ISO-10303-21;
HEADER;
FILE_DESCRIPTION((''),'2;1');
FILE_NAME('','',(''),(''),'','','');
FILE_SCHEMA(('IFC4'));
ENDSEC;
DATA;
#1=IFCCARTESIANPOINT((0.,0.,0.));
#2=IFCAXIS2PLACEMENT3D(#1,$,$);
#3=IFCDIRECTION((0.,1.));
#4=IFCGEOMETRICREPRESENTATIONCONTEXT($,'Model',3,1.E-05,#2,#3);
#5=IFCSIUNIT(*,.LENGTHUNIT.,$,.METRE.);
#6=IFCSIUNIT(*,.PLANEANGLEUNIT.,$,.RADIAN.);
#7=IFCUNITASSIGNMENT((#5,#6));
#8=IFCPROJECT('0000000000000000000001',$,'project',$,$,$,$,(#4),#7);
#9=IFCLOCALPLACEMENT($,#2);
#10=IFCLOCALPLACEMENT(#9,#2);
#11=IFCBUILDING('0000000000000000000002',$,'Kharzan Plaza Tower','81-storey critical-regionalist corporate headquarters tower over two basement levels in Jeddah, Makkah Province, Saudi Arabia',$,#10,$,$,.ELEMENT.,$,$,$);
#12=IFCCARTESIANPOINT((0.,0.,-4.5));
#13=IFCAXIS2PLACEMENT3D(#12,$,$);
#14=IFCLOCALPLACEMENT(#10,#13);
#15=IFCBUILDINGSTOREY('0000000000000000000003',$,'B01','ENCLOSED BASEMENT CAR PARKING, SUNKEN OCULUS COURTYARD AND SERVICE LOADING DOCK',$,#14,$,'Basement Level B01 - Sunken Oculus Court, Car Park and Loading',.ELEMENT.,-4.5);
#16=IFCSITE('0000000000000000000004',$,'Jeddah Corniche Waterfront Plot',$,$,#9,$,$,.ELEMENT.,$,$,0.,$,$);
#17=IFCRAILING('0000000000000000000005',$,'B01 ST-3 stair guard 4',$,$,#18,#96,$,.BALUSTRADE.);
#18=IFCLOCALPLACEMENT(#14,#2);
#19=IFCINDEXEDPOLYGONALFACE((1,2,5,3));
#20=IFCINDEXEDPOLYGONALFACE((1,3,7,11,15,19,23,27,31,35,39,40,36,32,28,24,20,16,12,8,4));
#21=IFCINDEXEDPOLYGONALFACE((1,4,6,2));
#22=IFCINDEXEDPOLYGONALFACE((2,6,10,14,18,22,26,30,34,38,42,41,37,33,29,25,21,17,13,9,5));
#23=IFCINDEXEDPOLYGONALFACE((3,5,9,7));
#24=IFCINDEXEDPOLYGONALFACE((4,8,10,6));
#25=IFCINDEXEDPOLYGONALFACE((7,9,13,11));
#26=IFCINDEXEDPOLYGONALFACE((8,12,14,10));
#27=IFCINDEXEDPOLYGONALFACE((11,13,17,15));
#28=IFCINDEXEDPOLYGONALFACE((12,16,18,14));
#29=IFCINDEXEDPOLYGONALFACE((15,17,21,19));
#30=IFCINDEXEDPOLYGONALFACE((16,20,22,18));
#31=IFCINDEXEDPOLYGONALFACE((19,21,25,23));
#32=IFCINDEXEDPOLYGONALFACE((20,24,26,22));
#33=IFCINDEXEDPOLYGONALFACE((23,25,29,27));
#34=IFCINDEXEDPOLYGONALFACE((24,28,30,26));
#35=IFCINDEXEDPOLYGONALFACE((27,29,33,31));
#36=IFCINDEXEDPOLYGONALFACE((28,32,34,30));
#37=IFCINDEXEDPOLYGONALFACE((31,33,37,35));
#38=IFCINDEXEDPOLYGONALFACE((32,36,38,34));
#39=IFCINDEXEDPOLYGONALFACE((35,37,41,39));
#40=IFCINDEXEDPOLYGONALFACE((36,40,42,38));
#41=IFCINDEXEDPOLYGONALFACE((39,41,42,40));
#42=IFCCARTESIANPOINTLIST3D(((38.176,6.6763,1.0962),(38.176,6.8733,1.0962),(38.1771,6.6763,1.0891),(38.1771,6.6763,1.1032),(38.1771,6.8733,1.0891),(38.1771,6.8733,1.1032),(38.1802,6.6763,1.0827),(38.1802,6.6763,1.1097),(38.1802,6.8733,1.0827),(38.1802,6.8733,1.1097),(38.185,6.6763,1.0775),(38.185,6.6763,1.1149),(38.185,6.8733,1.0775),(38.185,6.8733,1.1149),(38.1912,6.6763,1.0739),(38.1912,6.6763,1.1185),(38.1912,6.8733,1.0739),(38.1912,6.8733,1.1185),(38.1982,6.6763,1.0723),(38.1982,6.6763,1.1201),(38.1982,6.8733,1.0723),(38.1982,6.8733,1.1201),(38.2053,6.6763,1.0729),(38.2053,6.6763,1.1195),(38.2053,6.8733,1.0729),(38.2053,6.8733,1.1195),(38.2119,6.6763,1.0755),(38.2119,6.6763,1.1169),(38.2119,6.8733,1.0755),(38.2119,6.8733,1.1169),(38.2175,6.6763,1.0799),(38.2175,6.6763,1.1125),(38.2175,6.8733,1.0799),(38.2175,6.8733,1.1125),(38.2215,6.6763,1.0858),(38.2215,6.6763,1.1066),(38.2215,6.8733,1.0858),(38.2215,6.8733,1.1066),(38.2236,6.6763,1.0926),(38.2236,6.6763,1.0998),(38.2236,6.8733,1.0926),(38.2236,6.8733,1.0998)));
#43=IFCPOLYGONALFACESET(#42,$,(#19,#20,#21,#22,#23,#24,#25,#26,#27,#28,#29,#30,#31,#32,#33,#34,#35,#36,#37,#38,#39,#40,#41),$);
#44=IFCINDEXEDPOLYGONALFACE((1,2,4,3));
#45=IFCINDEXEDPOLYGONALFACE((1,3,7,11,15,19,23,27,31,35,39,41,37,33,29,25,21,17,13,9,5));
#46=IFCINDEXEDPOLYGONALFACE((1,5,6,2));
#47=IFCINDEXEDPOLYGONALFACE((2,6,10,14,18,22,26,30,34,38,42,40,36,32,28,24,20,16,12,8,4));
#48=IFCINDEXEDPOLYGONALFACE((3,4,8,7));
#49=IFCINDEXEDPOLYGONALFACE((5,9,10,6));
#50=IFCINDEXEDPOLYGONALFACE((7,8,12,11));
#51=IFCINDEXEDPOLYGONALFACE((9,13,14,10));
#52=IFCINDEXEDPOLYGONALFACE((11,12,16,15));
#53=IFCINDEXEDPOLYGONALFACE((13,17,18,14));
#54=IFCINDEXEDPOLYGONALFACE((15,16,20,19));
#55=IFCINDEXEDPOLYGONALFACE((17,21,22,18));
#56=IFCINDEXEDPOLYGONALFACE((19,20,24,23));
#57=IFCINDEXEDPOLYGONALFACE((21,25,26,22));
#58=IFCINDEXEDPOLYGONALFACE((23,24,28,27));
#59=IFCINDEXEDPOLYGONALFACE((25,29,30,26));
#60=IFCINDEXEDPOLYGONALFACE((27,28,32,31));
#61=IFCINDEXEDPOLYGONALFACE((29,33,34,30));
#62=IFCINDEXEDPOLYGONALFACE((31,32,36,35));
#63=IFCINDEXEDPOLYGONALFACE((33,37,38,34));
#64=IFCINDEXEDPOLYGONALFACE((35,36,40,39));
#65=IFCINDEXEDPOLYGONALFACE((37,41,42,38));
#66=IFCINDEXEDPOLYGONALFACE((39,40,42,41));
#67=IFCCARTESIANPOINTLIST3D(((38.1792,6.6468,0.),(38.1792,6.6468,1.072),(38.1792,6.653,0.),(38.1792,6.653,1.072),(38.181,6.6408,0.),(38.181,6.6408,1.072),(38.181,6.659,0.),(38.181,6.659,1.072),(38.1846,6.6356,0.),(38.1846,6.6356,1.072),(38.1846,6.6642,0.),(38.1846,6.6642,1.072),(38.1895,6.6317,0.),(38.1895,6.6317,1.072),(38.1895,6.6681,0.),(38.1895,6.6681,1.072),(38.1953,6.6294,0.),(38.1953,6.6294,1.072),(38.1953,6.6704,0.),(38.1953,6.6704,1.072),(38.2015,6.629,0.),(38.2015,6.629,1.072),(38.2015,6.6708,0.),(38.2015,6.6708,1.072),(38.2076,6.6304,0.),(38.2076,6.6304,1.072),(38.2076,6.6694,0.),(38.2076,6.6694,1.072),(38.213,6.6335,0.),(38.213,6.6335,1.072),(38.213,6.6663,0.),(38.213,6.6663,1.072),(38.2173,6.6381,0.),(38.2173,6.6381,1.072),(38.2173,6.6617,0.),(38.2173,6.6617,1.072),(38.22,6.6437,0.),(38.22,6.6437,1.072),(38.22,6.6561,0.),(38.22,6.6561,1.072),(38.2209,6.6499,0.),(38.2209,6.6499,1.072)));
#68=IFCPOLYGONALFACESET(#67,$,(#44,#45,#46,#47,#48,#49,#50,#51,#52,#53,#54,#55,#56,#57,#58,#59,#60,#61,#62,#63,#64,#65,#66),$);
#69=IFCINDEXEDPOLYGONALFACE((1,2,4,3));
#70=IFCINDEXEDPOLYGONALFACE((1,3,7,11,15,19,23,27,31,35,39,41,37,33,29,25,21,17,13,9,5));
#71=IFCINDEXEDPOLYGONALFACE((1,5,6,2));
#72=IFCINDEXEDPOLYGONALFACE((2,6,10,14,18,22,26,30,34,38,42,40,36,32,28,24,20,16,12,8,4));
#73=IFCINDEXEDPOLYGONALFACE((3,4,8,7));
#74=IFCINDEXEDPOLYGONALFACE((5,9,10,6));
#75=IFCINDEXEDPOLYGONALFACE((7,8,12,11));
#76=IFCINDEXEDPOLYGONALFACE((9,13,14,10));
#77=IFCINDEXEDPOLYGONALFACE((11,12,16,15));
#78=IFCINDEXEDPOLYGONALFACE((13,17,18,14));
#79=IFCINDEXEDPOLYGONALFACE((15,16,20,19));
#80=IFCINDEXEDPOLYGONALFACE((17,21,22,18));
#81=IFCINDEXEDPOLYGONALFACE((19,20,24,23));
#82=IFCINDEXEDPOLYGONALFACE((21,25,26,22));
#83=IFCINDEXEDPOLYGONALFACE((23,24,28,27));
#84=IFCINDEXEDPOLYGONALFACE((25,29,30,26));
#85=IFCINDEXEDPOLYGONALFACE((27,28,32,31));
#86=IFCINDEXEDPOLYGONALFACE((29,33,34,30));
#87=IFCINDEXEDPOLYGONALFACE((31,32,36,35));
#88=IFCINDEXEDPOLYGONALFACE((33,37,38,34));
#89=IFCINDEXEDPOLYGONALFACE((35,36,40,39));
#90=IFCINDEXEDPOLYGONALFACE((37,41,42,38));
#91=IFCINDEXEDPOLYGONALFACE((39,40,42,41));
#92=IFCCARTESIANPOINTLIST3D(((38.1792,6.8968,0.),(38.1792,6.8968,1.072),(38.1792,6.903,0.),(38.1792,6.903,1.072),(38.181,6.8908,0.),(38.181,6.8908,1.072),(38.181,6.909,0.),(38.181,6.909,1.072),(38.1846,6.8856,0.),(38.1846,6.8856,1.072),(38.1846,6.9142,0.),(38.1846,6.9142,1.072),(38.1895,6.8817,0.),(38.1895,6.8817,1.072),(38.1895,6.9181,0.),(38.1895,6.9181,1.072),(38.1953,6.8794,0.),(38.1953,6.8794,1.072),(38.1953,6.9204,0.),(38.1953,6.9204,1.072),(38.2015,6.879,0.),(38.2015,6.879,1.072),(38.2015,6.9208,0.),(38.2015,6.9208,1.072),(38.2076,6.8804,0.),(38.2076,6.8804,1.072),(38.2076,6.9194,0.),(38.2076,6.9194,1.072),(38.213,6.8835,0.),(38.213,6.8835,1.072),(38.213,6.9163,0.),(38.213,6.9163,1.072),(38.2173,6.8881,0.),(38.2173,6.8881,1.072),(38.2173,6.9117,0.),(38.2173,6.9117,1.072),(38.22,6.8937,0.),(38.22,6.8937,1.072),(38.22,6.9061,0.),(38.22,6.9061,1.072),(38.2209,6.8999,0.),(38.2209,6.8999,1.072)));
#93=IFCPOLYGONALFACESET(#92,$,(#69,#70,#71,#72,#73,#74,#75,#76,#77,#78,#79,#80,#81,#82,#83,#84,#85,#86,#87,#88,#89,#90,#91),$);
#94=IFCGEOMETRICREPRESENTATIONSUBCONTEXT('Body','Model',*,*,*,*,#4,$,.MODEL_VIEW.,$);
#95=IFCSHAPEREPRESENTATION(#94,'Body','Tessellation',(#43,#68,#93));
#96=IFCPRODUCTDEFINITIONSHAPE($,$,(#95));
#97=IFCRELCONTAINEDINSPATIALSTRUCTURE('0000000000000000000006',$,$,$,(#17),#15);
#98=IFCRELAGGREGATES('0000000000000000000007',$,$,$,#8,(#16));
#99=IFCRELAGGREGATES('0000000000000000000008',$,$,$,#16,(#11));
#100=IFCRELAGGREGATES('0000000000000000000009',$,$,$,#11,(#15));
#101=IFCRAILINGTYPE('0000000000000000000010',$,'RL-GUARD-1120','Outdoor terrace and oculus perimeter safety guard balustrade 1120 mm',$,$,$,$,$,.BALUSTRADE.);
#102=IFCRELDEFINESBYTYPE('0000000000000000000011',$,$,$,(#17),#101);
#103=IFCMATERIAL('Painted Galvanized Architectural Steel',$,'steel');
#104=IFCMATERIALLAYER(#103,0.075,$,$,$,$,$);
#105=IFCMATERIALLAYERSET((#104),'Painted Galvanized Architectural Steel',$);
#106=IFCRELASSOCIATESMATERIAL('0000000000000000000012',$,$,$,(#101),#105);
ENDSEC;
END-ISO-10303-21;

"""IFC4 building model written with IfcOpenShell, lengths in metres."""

from ifc_helpers import new_model, si_unit, direction, frame, origin, origin_2d, place, context, subcontext, project, spatial, circle, extrude, source, transform, mapped, material, layer, layer_set, type_object, element, save


model = new_model("IFC4")

# Units and contexts
model_context = context("Model", 3, precision=1e-05, world=origin(), true_north=direction((0.0, 1.0)))
body_context = subcontext(model_context, "Body", "Model", "MODEL_VIEW")
ifc_project = project(units=[si_unit("LENGTHUNIT", "METRE"), si_unit("PLANEANGLEUNIT", "RADIAN")], contexts=[model_context])

# Site, building, storey
site_placement = place(None, origin())
site = spatial("IfcSite", under=ifc_project, at=site_placement, Name="Jeddah Corniche Waterfront Plot", CompositionType="ELEMENT", RefElevation=0.0)
building_placement = place(site_placement, origin())
building = spatial("IfcBuilding", under=site, at=building_placement, Name="Kharzan Plaza Tower", Description="81-storey critical-regionalist corporate headquarters tower over two basement levels in Jeddah, Makkah Province, Saudi Arabia", CompositionType="ELEMENT")
storey_placement = place(building_placement, frame((0.0, 0.0, -4.5)))
storey = spatial("IfcBuildingStorey", under=building, at=storey_placement, Name="B01", Description="ENCLOSED BASEMENT CAR PARKING, SUNKEN OCULUS COURTYARD AND SERVICE LOADING DOCK", LongName="Basement Level B01 - Sunken Oculus Court, Car Park and Loading", CompositionType="ELEMENT", Elevation=-4.5)

# Railing
ifc_material_1 = material(Name="Painted Galvanized Architectural Steel", Category="steel")
ifc_layer_1 = layer(ifc_material_1, 0.075)
ifc_layer_set_1 = layer_set([ifc_layer_1], Name="Painted Galvanized Architectural Steel")
railing_type_1 = type_object("IfcRailingType", Name="RL-GUARD-1120", Description="Outdoor terrace and oculus perimeter safety guard balustrade 1120 mm", PredefinedType="BALUSTRADE", material=ifc_layer_set_1)
shared_shape_1 = source(origin(), body_context, "Body", "SweptSolid", [
    extrude(circle(Radius=0.0239, at=origin_2d()), frame((0.0, 0.0264, 1.0962), z_axis=(0.0, 1.0, 0.0), x_axis=(-1.0, 0.0, 0.0)), (0.0, 0.0, 1.0), 0.197),
    extrude(circle(Radius=0.021, at=origin_2d()), origin(), (0.0, 0.0, 1.0), 1.072),
    extrude(circle(Radius=0.021, at=origin_2d()), frame((0.0, 0.25, 0.0)), (0.0, 0.0, 1.0), 1.072),
])
railing_1_placement = place(storey_placement, frame((38.2, 6.6499, 0.0)))
element("IfcRailing", 1, at=railing_1_placement, inside=storey, type_object=railing_type_1, Name="B01 ST-3 stair guard 4", PredefinedType="BALUSTRADE", context=body_context, shape_type="MappedRepresentation", body=[
    mapped(shared_shape_1, transform((0.0, 0.0, 0.0), x_axis=(1.0, 0.0, 0.0), y_axis=(0.0, 1.0, 0.0), z_axis=(0.0, 0.0, 1.0))),
])

save(model, "model.ifc")
